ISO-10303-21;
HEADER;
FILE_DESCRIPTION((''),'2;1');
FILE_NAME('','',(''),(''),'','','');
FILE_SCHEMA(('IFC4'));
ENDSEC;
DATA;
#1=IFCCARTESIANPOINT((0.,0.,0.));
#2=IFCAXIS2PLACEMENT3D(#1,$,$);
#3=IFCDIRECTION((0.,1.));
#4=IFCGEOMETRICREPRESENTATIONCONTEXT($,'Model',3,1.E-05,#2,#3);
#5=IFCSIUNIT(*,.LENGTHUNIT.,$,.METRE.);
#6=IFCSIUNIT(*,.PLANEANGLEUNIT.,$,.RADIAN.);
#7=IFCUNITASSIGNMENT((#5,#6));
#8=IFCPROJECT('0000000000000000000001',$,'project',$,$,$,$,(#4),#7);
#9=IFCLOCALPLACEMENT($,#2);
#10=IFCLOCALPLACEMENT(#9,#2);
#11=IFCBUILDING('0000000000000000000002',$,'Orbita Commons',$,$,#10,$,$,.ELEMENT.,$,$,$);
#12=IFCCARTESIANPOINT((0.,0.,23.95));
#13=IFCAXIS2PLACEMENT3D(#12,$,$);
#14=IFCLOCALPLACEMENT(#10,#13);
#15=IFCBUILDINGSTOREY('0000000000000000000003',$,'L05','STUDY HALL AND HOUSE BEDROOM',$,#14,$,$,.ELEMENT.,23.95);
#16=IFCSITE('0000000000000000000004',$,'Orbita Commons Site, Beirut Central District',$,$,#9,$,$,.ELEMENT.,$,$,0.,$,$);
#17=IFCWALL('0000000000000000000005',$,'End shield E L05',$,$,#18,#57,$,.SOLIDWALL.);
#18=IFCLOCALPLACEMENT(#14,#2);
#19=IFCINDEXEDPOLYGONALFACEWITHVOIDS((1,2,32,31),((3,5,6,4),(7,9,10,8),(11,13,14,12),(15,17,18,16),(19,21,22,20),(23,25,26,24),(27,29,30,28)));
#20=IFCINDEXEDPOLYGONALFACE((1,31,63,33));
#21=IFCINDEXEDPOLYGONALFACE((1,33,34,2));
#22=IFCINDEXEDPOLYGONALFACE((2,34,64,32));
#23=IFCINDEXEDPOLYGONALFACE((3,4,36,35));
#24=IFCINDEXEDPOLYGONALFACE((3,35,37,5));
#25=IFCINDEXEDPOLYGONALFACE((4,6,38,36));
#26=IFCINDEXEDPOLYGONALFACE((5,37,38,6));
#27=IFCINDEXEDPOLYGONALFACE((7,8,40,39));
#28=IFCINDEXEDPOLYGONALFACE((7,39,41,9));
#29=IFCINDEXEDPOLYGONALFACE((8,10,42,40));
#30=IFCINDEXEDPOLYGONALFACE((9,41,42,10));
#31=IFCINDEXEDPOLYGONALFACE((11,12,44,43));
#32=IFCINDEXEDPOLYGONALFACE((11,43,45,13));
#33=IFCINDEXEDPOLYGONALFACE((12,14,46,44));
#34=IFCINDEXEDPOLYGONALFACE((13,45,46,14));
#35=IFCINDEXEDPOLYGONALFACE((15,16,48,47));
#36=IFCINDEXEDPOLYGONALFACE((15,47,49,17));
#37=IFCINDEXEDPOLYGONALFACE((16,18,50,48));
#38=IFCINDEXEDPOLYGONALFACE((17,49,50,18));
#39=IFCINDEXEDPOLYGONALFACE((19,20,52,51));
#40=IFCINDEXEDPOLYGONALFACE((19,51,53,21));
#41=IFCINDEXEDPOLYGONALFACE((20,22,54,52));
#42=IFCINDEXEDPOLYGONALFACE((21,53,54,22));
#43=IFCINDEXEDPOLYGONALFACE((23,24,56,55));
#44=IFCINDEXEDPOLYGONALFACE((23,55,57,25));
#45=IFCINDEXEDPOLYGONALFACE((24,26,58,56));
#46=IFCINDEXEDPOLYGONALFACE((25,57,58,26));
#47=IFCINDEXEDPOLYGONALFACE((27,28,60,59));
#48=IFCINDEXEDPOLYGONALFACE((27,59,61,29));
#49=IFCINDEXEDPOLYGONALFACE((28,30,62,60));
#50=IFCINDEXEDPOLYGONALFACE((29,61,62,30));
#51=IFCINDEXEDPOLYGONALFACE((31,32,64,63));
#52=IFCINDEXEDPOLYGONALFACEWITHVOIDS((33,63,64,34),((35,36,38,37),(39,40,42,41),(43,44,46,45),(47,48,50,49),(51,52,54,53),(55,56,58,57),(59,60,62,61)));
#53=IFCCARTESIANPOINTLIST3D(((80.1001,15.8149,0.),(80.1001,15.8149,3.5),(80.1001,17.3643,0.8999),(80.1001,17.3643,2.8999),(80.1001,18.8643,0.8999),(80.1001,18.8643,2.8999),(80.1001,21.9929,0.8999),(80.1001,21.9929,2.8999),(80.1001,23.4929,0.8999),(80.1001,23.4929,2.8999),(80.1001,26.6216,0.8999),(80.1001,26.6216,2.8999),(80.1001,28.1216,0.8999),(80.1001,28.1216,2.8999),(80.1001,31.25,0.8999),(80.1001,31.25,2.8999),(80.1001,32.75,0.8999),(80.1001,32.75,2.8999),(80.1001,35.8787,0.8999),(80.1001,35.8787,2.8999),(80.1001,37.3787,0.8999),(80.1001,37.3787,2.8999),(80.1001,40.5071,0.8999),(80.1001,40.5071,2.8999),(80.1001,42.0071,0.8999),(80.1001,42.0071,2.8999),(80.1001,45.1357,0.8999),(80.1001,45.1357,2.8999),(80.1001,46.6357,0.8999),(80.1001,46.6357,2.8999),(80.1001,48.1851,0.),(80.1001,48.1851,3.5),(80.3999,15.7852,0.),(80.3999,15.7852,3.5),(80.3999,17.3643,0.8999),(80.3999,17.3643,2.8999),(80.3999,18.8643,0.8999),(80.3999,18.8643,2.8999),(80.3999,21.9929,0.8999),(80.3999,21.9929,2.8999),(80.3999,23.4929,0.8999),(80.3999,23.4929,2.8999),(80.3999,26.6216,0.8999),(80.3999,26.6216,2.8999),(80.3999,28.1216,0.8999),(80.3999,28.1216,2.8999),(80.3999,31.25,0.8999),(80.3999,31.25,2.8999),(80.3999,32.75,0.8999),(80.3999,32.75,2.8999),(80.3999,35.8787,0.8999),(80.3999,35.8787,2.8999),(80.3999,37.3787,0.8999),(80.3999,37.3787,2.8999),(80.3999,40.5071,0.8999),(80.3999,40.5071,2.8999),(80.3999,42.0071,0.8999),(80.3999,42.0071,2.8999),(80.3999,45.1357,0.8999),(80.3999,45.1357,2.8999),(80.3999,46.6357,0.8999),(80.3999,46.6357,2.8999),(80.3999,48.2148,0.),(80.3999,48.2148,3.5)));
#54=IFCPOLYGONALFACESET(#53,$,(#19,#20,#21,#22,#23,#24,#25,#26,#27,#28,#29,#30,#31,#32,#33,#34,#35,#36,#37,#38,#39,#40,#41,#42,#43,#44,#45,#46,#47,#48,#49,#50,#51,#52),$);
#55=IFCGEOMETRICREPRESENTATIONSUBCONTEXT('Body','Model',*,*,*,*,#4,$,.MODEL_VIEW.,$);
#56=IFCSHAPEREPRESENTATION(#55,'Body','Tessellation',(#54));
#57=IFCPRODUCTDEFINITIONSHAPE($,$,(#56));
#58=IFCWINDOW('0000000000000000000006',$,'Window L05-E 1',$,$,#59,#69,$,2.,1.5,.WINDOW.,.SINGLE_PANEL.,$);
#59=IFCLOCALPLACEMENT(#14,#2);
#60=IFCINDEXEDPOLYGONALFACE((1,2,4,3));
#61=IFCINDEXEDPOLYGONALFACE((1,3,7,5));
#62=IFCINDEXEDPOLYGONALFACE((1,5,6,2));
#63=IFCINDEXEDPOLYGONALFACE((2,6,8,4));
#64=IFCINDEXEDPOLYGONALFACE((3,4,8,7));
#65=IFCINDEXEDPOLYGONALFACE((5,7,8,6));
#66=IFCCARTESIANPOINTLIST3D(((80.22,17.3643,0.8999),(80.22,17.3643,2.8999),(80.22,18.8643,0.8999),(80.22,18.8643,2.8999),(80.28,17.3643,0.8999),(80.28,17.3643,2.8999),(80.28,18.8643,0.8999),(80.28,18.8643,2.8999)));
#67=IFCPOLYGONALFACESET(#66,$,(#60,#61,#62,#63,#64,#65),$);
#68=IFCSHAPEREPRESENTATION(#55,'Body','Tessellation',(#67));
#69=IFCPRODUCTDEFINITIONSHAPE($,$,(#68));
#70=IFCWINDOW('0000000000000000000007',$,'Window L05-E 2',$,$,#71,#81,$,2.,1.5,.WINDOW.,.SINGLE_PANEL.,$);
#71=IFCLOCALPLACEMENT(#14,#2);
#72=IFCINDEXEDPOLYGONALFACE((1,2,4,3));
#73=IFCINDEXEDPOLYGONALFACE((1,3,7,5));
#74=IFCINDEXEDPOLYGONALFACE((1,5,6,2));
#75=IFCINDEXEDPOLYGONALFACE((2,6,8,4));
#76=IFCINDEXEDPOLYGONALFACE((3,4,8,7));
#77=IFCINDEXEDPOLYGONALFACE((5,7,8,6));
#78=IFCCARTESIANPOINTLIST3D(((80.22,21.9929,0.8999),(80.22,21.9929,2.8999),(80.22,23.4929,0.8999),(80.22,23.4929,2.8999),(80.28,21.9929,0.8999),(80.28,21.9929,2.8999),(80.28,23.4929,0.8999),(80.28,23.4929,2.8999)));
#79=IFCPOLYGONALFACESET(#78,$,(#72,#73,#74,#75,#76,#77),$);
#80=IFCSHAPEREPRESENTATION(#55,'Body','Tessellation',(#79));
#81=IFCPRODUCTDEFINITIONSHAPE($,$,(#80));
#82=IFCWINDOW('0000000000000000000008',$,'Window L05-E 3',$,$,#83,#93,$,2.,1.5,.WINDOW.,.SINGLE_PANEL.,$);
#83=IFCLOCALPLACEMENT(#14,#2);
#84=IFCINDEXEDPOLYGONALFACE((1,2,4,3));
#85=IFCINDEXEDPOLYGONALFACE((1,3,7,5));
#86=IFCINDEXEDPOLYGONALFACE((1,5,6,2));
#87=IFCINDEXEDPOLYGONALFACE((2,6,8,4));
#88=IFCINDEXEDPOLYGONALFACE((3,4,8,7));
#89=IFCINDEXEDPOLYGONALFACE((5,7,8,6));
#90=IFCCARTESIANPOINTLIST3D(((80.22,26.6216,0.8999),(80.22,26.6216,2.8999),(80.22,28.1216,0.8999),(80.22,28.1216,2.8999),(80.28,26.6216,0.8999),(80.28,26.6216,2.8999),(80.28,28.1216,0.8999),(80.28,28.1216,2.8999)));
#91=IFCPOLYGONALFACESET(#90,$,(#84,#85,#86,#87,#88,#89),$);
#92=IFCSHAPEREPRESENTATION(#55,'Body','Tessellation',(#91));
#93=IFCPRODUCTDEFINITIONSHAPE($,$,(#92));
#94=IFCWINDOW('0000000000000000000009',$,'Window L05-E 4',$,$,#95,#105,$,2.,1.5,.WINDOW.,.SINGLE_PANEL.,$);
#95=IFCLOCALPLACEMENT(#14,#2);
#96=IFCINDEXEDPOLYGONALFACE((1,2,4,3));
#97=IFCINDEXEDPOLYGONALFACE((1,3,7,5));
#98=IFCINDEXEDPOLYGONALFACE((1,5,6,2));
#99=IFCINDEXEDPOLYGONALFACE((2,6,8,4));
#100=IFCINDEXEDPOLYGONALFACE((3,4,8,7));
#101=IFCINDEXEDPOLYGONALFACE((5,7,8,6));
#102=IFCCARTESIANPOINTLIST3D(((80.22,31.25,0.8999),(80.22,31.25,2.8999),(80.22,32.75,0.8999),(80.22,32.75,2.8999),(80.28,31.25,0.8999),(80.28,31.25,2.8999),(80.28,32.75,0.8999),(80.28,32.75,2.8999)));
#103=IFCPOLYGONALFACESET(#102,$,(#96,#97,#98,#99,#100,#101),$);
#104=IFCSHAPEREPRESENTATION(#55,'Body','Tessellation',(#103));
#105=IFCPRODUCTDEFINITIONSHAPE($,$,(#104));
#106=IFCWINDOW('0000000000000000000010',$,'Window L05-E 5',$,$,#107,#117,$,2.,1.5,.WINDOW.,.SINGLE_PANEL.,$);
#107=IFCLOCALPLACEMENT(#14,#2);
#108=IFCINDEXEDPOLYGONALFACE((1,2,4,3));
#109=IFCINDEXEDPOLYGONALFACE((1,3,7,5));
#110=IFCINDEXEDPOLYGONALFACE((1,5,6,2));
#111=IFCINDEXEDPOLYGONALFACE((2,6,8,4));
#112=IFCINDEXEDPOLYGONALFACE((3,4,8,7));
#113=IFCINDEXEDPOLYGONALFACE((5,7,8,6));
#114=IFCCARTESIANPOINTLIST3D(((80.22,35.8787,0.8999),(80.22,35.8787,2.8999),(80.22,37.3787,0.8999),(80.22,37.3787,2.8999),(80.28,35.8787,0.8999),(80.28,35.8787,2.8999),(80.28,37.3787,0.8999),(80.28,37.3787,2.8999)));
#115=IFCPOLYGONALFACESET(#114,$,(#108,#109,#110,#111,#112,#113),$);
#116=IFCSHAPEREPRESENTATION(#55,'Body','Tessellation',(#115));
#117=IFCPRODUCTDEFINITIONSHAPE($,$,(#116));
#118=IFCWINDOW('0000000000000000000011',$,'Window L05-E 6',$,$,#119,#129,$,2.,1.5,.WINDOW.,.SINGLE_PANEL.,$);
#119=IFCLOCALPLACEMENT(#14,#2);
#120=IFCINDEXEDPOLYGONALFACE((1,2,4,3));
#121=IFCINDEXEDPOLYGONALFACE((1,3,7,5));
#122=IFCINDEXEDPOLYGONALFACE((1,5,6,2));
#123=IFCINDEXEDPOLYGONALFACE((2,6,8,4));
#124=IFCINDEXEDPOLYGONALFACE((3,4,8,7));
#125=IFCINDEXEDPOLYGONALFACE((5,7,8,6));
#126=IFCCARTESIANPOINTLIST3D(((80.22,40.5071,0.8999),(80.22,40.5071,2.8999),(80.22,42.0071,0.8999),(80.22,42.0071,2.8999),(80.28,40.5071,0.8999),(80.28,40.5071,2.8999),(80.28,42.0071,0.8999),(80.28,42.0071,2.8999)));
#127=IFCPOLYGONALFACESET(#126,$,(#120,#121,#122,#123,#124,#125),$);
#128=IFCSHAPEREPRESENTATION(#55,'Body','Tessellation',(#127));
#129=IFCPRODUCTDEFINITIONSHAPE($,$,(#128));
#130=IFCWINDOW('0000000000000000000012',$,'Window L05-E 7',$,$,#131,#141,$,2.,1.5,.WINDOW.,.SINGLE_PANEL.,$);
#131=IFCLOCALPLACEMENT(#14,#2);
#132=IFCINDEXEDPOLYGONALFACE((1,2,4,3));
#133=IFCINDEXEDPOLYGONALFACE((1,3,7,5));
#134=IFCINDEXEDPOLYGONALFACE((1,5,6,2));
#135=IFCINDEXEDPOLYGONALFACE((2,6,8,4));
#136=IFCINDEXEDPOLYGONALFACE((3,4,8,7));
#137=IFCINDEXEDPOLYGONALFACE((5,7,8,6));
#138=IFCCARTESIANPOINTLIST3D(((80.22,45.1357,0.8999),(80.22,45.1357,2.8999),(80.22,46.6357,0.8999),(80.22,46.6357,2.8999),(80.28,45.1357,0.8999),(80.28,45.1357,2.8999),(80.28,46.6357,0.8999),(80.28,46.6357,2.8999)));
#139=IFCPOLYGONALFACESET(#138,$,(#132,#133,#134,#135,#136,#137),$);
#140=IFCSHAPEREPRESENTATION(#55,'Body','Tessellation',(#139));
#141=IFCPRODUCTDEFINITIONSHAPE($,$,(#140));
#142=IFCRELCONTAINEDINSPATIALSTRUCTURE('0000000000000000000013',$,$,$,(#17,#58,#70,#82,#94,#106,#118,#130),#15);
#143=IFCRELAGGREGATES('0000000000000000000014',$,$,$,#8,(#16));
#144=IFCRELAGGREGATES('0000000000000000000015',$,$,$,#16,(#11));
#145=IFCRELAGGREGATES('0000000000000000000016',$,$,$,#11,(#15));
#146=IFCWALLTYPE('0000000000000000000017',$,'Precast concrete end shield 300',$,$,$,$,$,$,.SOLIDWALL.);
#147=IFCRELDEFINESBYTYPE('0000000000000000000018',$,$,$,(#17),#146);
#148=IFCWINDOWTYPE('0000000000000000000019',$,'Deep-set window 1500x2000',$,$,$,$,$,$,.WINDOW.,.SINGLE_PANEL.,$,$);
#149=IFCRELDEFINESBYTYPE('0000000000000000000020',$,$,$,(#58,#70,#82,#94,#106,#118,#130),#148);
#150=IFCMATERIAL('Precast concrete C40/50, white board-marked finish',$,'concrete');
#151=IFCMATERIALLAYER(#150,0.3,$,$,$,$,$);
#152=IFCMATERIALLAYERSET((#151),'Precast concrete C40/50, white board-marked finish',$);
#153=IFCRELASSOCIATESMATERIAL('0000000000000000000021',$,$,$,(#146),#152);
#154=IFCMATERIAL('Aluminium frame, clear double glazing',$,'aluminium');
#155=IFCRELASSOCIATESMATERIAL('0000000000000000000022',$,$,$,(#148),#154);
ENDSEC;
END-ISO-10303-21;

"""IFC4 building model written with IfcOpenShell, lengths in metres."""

from ifc_helpers import new_model, si_unit, direction, frame, frame_2d, origin, place, context, subcontext, project, spatial, polyline, rectangle, outline, extrude, material, layer, layer_set, type_object, element, fill, save


model = new_model("IFC4")

# Units and contexts
model_context = context("Model", 3, precision=1e-05, world=origin(), true_north=direction((0.0, 1.0)))
body_context = subcontext(model_context, "Body", "Model", "MODEL_VIEW")
ifc_project = project(units=[si_unit("LENGTHUNIT", "METRE"), si_unit("PLANEANGLEUNIT", "RADIAN")], contexts=[model_context])

# Site, building, storey
site_placement = place(None, origin())
site = spatial("IfcSite", under=ifc_project, at=site_placement, Name="Orbita Commons Site, Beirut Central District", CompositionType="ELEMENT", RefElevation=0.0)
building_placement = place(site_placement, origin())
building = spatial("IfcBuilding", under=site, at=building_placement, Name="Orbita Commons", CompositionType="ELEMENT")
storey_placement = place(building_placement, frame((0.0, 0.0, 23.95)))
storey = spatial("IfcBuildingStorey", under=building, at=storey_placement, Name="L05", Description="STUDY HALL AND HOUSE BEDROOM", CompositionType="ELEMENT", Elevation=23.95)

# Wall, openings, windows
ifc_material_1 = material(Name="Precast concrete C40/50, white board-marked finish", Category="concrete")
ifc_layer_1 = layer(ifc_material_1, 0.3)
ifc_layer_set_1 = layer_set([ifc_layer_1], Name="Precast concrete C40/50, white board-marked finish")
wall_type_1 = type_object("IfcWallType", Name="Precast concrete end shield 300", PredefinedType="SOLIDWALL", material=ifc_layer_set_1)
wall_1_placement = place(storey_placement, frame((80.25, 15.8, 0.0), z_axis=(0.0, 0.0, 1.0), x_axis=(0.0, 1.0, 0.0)))
wall_1 = element("IfcWall", 1, at=wall_1_placement, inside=storey, type_object=wall_type_1, Name="End shield E L05", PredefinedType="SOLIDWALL", context=body_context, shape_type="SweptSolid", body=[
    extrude(outline(polyline([(-0.0149, -0.1499), (32.4148, -0.1499), (32.385, 0.1499), (0.0149, 0.1499), (-0.0149, -0.1499)])), origin(), (0.0, 0.0, 1.0), 3.5),
])
opening_1_placement = place(wall_1_placement, frame((1.5642, 0.0, 0.8999)))
opening_1 = element("IfcOpeningElement", 2, at=opening_1_placement, cuts=wall_1, PredefinedType="OPENING", context=body_context, shape_type="SweptSolid", body=[
    extrude(rectangle(XDim=1.5, YDim=2.0, at=frame_2d((0.75, 1.0))), frame((0.0, 0.1599, 0.0), z_axis=(0.0, -1.0, 0.0), x_axis=(1.0, 0.0, 0.0)), (0.0, 0.0, 1.0), 0.3201),
])
opening_2_placement = place(wall_1_placement, frame((6.1929, 0.0, 0.8999)))
opening_2 = element("IfcOpeningElement", 3, at=opening_2_placement, cuts=wall_1, PredefinedType="OPENING", context=body_context, shape_type="SweptSolid", body=[
    extrude(rectangle(XDim=1.5, YDim=2.0, at=frame_2d((0.75, 1.0))), frame((0.0, 0.1599, 0.0), z_axis=(0.0, -1.0, 0.0), x_axis=(1.0, 0.0, 0.0)), (0.0, 0.0, 1.0), 0.3201),
])
opening_3_placement = place(wall_1_placement, frame((10.8215, 0.0, 0.8999)))
opening_3 = element("IfcOpeningElement", 4, at=opening_3_placement, cuts=wall_1, PredefinedType="OPENING", context=body_context, shape_type="SweptSolid", body=[
    extrude(rectangle(XDim=1.5, YDim=2.0, at=frame_2d((0.75, 1.0))), frame((0.0, 0.1599, 0.0), z_axis=(0.0, -1.0, 0.0), x_axis=(1.0, 0.0, 0.0)), (0.0, 0.0, 1.0), 0.3201),
])
opening_4_placement = place(wall_1_placement, frame((15.45, 0.0, 0.8999)))
opening_4 = element("IfcOpeningElement", 5, at=opening_4_placement, cuts=wall_1, PredefinedType="OPENING", context=body_context, shape_type="SweptSolid", body=[
    extrude(rectangle(XDim=1.5, YDim=2.0, at=frame_2d((0.75, 1.0))), frame((0.0, 0.1599, 0.0), z_axis=(0.0, -1.0, 0.0), x_axis=(1.0, 0.0, 0.0)), (0.0, 0.0, 1.0), 0.3201),
])
opening_5_placement = place(wall_1_placement, frame((20.0786, 0.0, 0.8999)))
opening_5 = element("IfcOpeningElement", 6, at=opening_5_placement, cuts=wall_1, PredefinedType="OPENING", context=body_context, shape_type="SweptSolid", body=[
    extrude(rectangle(XDim=1.5, YDim=2.0, at=frame_2d((0.75, 1.0))), frame((0.0, 0.1599, 0.0), z_axis=(0.0, -1.0, 0.0), x_axis=(1.0, 0.0, 0.0)), (0.0, 0.0, 1.0), 0.3201),
])
opening_6_placement = place(wall_1_placement, frame((24.707, 0.0, 0.8999)))
opening_6 = element("IfcOpeningElement", 7, at=opening_6_placement, cuts=wall_1, PredefinedType="OPENING", context=body_context, shape_type="SweptSolid", body=[
    extrude(rectangle(XDim=1.5, YDim=2.0, at=frame_2d((0.75, 1.0))), frame((0.0, 0.1599, 0.0), z_axis=(0.0, -1.0, 0.0), x_axis=(1.0, 0.0, 0.0)), (0.0, 0.0, 1.0), 0.3201),
])
opening_7_placement = place(wall_1_placement, frame((29.3357, 0.0, 0.8999)))
opening_7 = element("IfcOpeningElement", 8, at=opening_7_placement, cuts=wall_1, PredefinedType="OPENING", context=body_context, shape_type="SweptSolid", body=[
    extrude(rectangle(XDim=1.5, YDim=2.0, at=frame_2d((0.75, 1.0))), frame((0.0, 0.1599, 0.0), z_axis=(0.0, -1.0, 0.0), x_axis=(1.0, 0.0, 0.0)), (0.0, 0.0, 1.0), 0.3201),
])
ifc_material_2 = material(Name="Aluminium frame, clear double glazing", Category="aluminium")
window_type = type_object("IfcWindowType", Name="Deep-set window 1500x2000", PartitioningType="SINGLE_PANEL", PredefinedType="WINDOW", material=ifc_material_2)
window_1_placement = place(opening_1_placement, origin())
window_1 = element("IfcWindow", 9, at=window_1_placement, inside=storey, type_object=window_type, Name="Window L05-E 1", OverallHeight=2.0, OverallWidth=1.5, PartitioningType="SINGLE_PANEL", PredefinedType="WINDOW", context=body_context, shape_type="SweptSolid", body=[
    extrude(rectangle(XDim=1.5, YDim=2.0, at=frame_2d((0.75, 1.0))), frame((0.0, 0.03, 0.0), z_axis=(0.0, -1.0, 0.0), x_axis=(1.0, 0.0, 0.0)), (0.0, 0.0, 1.0), 0.0601),
])
fill(opening_1, window_1)
window_2_placement = place(opening_2_placement, origin())
window_2 = element("IfcWindow", 10, at=window_2_placement, inside=storey, type_object=window_type, Name="Window L05-E 2", OverallHeight=2.0, OverallWidth=1.5, PartitioningType="SINGLE_PANEL", PredefinedType="WINDOW", context=body_context, shape_type="SweptSolid", body=[
    extrude(rectangle(XDim=1.5, YDim=2.0, at=frame_2d((0.75, 1.0))), frame((0.0, 0.03, 0.0), z_axis=(0.0, -1.0, 0.0), x_axis=(1.0, 0.0, 0.0)), (0.0, 0.0, 1.0), 0.0601),
])
fill(opening_2, window_2)
window_3_placement = place(opening_3_placement, origin())
window_3 = element("IfcWindow", 11, at=window_3_placement, inside=storey, type_object=window_type, Name="Window L05-E 3", OverallHeight=2.0, OverallWidth=1.5, PartitioningType="SINGLE_PANEL", PredefinedType="WINDOW", context=body_context, shape_type="SweptSolid", body=[
    extrude(rectangle(XDim=1.5, YDim=2.0, at=frame_2d((0.75, 1.0))), frame((0.0, 0.03, 0.0), z_axis=(0.0, -1.0, 0.0), x_axis=(1.0, 0.0, 0.0)), (0.0, 0.0, 1.0), 0.0601),
])
fill(opening_3, window_3)
window_4_placement = place(opening_4_placement, origin())
window_4 = element("IfcWindow", 12, at=window_4_placement, inside=storey, type_object=window_type, Name="Window L05-E 4", OverallHeight=2.0, OverallWidth=1.5, PartitioningType="SINGLE_PANEL", PredefinedType="WINDOW", context=body_context, shape_type="SweptSolid", body=[
    extrude(rectangle(XDim=1.5, YDim=2.0, at=frame_2d((0.75, 1.0))), frame((0.0, 0.03, 0.0), z_axis=(0.0, -1.0, 0.0), x_axis=(1.0, 0.0, 0.0)), (0.0, 0.0, 1.0), 0.0601),
])
fill(opening_4, window_4)
window_5_placement = place(opening_5_placement, origin())
window_5 = element("IfcWindow", 13, at=window_5_placement, inside=storey, type_object=window_type, Name="Window L05-E 5", OverallHeight=2.0, OverallWidth=1.5, PartitioningType="SINGLE_PANEL", PredefinedType="WINDOW", context=body_context, shape_type="SweptSolid", body=[
    extrude(rectangle(XDim=1.5, YDim=2.0, at=frame_2d((0.75, 1.0))), frame((0.0, 0.03, 0.0), z_axis=(0.0, -1.0, 0.0), x_axis=(1.0, 0.0, 0.0)), (0.0, 0.0, 1.0), 0.0601),
])
fill(opening_5, window_5)
window_6_placement = place(opening_6_placement, origin())
window_6 = element("IfcWindow", 14, at=window_6_placement, inside=storey, type_object=window_type, Name="Window L05-E 6", OverallHeight=2.0, OverallWidth=1.5, PartitioningType="SINGLE_PANEL", PredefinedType="WINDOW", context=body_context, shape_type="SweptSolid", body=[
    extrude(rectangle(XDim=1.5, YDim=2.0, at=frame_2d((0.75, 1.0))), frame((0.0, 0.03, 0.0), z_axis=(0.0, -1.0, 0.0), x_axis=(1.0, 0.0, 0.0)), (0.0, 0.0, 1.0), 0.0601),
])
fill(opening_6, window_6)
window_7_placement = place(opening_7_placement, origin())
window_7 = element("IfcWindow", 15, at=window_7_placement, inside=storey, type_object=window_type, Name="Window L05-E 7", OverallHeight=2.0, OverallWidth=1.5, PartitioningType="SINGLE_PANEL", PredefinedType="WINDOW", context=body_context, shape_type="SweptSolid", body=[
    extrude(rectangle(XDim=1.5, YDim=2.0, at=frame_2d((0.75, 1.0))), frame((0.0, 0.03, 0.0), z_axis=(0.0, -1.0, 0.0), x_axis=(1.0, 0.0, 0.0)), (0.0, 0.0, 1.0), 0.0601),
])
fill(opening_7, window_7)

save(model, "model.ifc")
